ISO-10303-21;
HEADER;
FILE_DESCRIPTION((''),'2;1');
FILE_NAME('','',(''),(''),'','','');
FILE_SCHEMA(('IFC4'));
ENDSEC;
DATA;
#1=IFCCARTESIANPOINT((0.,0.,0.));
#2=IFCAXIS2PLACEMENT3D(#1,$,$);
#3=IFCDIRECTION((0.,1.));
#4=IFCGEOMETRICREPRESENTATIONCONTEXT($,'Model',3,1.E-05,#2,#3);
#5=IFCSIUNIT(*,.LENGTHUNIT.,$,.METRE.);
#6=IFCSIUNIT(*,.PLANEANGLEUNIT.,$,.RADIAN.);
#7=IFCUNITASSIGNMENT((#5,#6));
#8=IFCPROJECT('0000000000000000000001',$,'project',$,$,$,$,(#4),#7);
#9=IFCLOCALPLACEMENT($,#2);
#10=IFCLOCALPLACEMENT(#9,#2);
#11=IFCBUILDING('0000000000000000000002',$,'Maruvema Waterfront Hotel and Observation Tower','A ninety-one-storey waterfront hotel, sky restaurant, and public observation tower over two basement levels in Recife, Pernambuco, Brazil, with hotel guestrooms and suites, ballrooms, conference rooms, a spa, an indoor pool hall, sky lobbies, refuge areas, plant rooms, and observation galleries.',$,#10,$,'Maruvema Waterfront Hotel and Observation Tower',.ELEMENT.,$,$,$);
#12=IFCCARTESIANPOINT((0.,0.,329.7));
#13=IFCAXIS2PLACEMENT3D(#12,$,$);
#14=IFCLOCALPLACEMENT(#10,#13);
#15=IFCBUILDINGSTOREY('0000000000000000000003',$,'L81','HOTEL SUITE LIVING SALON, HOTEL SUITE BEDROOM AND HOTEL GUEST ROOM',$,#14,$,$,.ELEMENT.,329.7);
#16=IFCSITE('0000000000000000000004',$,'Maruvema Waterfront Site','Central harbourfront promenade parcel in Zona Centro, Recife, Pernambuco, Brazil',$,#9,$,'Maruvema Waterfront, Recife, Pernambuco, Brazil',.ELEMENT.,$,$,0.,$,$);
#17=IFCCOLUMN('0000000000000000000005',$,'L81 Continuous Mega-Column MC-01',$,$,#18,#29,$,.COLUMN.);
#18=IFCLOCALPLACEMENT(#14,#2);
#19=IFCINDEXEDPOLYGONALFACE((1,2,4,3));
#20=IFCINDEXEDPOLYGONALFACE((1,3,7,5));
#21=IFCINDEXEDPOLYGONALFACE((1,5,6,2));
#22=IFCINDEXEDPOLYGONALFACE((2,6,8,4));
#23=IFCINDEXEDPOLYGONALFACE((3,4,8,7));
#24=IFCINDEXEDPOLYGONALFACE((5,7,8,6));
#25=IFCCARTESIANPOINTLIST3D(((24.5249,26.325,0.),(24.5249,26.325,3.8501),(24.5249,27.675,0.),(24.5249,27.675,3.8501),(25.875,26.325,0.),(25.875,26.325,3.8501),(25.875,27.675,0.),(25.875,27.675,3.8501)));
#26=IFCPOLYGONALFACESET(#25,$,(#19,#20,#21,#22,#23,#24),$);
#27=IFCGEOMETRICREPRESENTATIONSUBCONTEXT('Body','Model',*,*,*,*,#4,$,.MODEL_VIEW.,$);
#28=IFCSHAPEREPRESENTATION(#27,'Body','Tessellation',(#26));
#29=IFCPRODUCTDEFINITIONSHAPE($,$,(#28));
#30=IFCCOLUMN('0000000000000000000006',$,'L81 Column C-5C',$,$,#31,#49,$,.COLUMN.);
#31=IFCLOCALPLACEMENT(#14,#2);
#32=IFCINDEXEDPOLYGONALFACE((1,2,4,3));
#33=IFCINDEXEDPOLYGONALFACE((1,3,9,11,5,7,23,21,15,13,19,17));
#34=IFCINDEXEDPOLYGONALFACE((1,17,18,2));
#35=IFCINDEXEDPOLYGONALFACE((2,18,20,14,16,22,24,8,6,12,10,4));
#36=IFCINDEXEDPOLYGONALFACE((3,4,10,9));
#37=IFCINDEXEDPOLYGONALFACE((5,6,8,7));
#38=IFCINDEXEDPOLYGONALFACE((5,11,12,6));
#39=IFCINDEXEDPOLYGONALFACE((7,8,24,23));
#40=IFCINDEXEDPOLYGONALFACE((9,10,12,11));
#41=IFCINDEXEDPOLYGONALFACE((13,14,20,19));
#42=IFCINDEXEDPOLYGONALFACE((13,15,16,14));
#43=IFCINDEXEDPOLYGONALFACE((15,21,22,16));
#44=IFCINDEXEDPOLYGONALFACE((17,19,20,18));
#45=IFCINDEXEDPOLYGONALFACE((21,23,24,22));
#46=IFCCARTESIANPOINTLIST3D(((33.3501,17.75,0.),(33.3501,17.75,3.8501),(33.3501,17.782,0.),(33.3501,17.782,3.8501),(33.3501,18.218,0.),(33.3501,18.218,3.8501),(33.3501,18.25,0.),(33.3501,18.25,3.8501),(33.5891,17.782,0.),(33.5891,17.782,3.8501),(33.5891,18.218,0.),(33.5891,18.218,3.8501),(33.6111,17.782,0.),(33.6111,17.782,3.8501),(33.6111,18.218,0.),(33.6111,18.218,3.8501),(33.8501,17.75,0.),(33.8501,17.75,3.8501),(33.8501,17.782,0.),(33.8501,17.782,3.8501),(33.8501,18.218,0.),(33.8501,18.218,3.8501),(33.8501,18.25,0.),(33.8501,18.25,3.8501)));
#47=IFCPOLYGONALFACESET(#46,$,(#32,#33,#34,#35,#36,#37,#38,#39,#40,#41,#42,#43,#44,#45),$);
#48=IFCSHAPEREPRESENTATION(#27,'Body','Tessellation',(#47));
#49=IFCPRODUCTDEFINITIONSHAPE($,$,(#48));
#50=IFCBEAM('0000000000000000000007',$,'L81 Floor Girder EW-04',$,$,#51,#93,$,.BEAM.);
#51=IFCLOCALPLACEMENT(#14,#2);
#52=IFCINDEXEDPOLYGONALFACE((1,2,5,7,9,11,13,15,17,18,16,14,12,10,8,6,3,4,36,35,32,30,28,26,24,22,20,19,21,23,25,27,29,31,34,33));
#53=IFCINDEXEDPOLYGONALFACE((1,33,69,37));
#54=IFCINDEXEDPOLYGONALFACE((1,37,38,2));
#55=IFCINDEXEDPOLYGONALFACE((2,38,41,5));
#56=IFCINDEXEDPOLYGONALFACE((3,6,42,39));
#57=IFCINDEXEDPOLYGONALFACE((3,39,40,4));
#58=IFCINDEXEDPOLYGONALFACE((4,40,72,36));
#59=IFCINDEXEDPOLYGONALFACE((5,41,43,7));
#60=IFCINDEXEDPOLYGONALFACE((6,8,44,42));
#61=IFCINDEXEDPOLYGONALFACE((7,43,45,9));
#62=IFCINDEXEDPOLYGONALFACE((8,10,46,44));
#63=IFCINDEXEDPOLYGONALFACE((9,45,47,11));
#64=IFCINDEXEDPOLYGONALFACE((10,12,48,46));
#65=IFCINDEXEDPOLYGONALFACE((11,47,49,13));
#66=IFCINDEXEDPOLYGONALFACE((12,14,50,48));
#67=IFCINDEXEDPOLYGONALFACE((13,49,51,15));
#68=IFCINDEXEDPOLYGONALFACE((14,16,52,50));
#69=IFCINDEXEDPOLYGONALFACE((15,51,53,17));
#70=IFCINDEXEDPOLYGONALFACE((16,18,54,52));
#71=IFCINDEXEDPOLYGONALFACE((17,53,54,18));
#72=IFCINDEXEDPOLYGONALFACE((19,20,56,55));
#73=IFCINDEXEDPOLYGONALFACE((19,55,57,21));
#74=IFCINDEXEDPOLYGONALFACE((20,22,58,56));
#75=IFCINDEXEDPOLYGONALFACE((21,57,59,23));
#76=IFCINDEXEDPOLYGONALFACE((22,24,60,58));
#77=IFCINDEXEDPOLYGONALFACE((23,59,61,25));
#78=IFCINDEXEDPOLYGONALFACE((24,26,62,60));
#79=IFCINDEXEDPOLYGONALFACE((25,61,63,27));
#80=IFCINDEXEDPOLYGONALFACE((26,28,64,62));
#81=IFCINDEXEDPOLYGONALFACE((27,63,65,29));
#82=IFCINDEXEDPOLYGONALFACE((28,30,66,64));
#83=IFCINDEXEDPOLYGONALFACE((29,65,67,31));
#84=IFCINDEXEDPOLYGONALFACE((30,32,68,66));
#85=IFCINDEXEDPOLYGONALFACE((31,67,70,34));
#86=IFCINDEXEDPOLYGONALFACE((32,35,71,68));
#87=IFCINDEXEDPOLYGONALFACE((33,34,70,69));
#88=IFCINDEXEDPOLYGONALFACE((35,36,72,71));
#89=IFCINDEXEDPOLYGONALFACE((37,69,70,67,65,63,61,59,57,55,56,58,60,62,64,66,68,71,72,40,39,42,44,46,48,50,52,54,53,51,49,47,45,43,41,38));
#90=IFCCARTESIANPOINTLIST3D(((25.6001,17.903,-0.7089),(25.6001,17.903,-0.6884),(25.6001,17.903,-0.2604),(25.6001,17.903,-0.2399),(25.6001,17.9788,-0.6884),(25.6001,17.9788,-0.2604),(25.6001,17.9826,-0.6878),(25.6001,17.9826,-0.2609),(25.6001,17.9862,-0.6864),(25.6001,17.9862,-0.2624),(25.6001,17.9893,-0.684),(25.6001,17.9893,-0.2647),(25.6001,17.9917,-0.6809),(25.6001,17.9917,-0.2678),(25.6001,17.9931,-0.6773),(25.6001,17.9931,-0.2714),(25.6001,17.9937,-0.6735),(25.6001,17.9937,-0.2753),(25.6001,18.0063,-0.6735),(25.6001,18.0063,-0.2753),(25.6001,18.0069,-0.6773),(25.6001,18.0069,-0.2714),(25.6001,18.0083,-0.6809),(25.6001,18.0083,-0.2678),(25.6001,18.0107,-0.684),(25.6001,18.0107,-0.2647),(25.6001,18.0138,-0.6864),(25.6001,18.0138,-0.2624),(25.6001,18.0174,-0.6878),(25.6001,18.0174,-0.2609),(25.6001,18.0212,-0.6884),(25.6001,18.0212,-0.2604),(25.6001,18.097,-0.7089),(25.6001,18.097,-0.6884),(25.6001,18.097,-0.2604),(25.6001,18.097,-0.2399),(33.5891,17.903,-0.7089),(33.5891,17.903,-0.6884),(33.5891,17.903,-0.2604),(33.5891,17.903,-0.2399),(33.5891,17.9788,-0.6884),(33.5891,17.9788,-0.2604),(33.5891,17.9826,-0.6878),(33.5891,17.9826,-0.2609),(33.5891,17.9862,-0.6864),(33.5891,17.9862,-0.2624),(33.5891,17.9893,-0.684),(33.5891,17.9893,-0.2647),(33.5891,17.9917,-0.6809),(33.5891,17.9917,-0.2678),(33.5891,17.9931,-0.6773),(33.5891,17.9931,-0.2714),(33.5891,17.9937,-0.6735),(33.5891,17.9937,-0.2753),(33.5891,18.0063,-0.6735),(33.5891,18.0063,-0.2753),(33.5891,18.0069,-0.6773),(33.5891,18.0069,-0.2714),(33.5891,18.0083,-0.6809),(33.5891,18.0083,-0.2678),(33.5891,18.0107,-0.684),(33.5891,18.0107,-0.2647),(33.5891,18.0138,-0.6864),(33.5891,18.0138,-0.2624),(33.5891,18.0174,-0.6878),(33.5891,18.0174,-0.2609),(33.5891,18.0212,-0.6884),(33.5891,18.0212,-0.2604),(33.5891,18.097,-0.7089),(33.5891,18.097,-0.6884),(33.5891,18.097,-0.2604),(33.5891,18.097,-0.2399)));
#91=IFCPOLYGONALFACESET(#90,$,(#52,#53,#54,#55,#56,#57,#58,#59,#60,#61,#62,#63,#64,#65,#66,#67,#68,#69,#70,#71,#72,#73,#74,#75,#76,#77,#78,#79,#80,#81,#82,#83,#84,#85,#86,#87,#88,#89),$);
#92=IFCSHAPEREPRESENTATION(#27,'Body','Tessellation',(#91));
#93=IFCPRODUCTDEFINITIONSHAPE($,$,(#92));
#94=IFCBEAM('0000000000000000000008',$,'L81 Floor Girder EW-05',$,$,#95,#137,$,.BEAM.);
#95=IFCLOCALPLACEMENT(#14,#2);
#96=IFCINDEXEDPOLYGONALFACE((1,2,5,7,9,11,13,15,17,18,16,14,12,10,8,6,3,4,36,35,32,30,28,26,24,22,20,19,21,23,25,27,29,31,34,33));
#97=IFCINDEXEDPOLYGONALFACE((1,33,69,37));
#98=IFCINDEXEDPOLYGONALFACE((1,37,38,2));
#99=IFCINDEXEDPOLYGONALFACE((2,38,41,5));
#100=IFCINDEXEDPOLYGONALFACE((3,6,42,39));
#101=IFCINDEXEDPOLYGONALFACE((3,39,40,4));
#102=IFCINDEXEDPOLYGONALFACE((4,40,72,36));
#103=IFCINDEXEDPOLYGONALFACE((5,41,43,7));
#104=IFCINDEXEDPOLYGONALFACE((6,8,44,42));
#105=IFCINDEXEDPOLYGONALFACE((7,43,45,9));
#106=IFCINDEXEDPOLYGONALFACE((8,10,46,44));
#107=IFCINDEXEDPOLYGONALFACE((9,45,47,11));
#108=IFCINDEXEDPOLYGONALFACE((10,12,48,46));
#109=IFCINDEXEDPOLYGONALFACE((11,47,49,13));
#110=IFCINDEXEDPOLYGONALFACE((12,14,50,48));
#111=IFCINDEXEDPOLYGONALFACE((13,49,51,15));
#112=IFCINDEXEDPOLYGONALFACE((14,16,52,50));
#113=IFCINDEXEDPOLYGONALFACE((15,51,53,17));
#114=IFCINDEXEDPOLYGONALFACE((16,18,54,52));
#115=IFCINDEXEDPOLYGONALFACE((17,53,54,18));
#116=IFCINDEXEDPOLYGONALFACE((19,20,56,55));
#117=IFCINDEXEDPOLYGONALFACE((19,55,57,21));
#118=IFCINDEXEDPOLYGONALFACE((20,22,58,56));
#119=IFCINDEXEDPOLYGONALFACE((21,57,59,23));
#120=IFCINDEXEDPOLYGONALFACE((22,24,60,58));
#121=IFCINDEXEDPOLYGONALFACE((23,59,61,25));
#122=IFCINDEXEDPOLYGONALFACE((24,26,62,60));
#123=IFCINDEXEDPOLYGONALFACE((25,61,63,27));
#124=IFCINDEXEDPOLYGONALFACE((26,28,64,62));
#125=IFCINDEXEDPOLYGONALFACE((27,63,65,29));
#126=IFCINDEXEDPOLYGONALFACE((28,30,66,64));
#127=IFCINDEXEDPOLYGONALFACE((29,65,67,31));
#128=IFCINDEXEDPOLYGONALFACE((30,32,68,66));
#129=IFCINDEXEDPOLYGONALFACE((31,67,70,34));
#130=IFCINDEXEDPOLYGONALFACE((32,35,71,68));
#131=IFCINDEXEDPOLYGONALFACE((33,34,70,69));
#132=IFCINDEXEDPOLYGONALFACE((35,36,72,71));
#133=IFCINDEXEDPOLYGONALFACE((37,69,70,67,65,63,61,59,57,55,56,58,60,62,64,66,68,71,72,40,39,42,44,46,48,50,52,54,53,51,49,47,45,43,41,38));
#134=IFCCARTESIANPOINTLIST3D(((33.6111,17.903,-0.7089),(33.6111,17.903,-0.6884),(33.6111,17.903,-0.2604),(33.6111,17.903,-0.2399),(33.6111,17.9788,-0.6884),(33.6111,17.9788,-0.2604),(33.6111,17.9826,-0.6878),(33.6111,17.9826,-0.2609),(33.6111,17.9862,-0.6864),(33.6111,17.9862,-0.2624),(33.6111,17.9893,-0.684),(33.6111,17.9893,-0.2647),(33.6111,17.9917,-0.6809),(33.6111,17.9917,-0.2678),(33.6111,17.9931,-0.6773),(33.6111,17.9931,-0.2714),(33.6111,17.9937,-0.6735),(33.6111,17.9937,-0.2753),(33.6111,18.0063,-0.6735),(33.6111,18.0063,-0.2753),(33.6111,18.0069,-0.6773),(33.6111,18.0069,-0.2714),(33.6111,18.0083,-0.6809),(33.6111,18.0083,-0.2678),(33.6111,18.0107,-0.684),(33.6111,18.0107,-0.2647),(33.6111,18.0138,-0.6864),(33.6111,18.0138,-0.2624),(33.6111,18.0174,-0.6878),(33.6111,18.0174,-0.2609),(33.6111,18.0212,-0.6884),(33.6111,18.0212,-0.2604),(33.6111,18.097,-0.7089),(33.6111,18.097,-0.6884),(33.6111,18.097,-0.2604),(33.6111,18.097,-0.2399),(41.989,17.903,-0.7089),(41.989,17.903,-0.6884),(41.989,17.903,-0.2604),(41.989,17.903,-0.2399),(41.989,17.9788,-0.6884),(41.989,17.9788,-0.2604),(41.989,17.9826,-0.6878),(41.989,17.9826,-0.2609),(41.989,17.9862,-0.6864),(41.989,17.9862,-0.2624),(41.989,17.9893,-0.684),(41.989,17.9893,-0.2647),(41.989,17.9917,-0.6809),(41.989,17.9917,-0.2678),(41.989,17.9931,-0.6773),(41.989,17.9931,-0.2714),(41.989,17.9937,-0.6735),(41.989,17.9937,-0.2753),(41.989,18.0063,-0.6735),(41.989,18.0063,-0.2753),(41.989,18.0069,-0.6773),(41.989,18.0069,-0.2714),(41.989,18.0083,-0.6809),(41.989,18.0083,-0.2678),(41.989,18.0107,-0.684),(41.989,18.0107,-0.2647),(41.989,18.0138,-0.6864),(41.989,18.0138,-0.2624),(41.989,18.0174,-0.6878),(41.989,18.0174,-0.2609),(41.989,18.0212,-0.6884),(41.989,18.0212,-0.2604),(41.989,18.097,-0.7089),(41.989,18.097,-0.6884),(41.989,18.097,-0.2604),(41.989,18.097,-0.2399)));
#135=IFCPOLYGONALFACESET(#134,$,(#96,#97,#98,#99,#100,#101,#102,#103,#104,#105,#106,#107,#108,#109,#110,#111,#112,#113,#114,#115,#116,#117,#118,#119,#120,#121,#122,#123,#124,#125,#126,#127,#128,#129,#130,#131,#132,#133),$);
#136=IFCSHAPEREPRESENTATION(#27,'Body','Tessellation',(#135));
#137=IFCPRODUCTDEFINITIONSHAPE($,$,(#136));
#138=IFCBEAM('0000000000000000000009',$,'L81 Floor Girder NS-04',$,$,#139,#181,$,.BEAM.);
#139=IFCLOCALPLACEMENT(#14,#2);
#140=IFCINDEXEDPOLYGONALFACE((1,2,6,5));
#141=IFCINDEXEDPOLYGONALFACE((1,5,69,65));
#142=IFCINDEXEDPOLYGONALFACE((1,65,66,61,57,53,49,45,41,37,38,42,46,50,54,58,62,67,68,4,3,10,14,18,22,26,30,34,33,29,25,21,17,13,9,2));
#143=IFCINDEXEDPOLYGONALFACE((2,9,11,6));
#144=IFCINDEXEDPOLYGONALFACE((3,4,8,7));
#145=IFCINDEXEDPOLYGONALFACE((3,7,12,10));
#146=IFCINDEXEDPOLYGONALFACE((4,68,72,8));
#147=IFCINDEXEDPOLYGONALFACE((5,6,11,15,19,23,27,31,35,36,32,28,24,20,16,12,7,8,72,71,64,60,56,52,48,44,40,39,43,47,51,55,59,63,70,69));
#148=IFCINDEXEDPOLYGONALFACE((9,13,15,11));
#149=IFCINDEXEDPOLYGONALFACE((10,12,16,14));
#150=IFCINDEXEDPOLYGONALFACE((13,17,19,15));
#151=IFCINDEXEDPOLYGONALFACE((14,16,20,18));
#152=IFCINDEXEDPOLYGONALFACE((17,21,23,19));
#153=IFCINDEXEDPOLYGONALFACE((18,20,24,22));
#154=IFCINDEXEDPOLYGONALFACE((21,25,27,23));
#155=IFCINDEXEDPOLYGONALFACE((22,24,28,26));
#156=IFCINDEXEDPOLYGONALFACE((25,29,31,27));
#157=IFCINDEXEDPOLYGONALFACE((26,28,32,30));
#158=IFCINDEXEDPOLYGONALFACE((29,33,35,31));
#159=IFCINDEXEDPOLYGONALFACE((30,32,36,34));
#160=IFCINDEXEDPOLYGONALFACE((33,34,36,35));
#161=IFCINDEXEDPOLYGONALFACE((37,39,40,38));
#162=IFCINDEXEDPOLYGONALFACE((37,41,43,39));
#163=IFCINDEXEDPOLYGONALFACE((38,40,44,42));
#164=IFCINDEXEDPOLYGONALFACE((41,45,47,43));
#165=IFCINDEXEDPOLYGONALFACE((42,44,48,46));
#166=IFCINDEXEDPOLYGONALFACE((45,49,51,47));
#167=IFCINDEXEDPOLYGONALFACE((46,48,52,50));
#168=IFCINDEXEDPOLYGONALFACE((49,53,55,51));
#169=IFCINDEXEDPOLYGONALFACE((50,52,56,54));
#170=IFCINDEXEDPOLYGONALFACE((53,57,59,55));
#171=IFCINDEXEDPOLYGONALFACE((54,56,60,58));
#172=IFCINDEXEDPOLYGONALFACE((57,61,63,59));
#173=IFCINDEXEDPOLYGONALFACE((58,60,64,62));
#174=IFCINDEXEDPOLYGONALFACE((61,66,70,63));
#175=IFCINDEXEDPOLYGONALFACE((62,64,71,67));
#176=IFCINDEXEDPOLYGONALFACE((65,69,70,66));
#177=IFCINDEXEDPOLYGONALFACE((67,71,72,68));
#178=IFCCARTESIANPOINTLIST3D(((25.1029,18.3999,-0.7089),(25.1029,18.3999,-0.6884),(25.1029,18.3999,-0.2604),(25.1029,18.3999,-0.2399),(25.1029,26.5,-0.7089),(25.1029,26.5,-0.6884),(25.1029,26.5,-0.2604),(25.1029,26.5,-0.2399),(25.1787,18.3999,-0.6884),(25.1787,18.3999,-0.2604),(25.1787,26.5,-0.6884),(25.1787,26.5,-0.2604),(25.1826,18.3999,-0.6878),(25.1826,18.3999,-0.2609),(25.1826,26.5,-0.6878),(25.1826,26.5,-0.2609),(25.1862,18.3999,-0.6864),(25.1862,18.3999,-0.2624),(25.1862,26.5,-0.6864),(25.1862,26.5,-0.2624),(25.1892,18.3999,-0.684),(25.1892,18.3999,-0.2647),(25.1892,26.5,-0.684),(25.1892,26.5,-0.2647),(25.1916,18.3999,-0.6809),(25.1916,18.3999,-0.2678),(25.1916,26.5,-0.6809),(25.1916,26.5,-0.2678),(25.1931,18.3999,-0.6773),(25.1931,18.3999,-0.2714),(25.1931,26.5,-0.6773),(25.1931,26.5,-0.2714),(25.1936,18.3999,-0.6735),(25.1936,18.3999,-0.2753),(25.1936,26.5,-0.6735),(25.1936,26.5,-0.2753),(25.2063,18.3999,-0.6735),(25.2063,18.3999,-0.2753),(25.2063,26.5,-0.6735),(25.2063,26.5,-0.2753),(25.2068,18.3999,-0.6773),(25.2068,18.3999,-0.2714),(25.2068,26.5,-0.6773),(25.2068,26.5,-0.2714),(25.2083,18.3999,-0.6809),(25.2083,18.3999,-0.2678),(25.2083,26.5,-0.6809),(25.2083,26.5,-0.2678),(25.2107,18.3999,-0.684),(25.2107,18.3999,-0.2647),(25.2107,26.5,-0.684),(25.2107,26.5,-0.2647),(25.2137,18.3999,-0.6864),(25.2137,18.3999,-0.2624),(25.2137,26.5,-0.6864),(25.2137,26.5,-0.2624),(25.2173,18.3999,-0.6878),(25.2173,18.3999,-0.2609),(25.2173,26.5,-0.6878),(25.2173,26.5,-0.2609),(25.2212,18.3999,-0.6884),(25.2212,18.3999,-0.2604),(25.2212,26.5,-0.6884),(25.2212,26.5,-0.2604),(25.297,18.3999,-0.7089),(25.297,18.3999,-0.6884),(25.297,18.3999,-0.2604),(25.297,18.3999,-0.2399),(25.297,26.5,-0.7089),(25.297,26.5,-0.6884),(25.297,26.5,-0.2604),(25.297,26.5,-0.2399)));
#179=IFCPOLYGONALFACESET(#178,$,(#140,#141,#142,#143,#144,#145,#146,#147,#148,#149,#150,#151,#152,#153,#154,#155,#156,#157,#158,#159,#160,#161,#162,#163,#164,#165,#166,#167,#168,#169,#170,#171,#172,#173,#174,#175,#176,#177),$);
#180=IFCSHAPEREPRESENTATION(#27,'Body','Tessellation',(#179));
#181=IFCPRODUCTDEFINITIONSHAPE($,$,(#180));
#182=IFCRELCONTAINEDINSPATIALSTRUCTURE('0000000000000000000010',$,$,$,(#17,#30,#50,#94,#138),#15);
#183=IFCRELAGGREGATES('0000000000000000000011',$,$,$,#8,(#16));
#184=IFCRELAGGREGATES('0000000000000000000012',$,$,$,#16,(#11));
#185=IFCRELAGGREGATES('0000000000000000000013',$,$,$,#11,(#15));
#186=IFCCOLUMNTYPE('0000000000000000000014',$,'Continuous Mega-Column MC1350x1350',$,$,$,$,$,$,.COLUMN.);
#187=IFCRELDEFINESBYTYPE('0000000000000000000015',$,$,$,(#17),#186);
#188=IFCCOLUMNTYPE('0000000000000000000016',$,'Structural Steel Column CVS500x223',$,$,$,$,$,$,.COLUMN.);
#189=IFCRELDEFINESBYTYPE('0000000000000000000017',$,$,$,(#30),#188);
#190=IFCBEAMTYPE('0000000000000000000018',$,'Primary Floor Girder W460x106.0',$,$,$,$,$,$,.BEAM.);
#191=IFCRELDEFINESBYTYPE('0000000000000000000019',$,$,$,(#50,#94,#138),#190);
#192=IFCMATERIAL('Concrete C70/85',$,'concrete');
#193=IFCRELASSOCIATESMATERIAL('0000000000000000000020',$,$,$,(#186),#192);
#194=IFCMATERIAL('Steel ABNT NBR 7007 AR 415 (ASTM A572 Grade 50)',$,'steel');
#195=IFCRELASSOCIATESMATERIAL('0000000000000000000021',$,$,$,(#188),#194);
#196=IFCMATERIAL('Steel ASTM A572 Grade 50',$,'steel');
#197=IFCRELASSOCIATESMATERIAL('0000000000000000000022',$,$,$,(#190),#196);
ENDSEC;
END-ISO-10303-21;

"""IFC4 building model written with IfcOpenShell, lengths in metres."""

from ifc_helpers import new_model, si_unit, direction, frame, origin, origin_2d, place, context, subcontext, project, spatial, rectangle, i_section, extrude, material, material_profile, profile_set, type_object, element, save


model = new_model("IFC4")

# Units and contexts
model_context = context("Model", 3, precision=1e-05, world=origin(), true_north=direction((0.0, 1.0)))
body_context = subcontext(model_context, "Body", "Model", "MODEL_VIEW")
ifc_project = project(units=[si_unit("LENGTHUNIT", "METRE"), si_unit("PLANEANGLEUNIT", "RADIAN")], contexts=[model_context])

# Site, building, storey
site_placement = place(None, origin())
site = spatial("IfcSite", under=ifc_project, at=site_placement, Name="Maruvema Waterfront Site", Description="Central harbourfront promenade parcel in Zona Centro, Recife, Pernambuco, Brazil", LongName="Maruvema Waterfront, Recife, Pernambuco, Brazil", CompositionType="ELEMENT", RefElevation=0.0)
building_placement = place(site_placement, origin())
building = spatial("IfcBuilding", under=site, at=building_placement, Name="Maruvema Waterfront Hotel and Observation Tower", Description="A ninety-one-storey waterfront hotel, sky restaurant, and public observation tower over two basement levels in Recife, Pernambuco, Brazil, with hotel guestrooms and suites, ballrooms, conference rooms, a spa, an indoor pool hall, sky lobbies, refuge areas, plant rooms, and observation galleries.", LongName="Maruvema Waterfront Hotel and Observation Tower", CompositionType="ELEMENT")
storey_placement = place(building_placement, frame((0.0, 0.0, 329.7)))
storey = spatial("IfcBuildingStorey", under=building, at=storey_placement, Name="L81", Description="HOTEL SUITE LIVING SALON, HOTEL SUITE BEDROOM AND HOTEL GUEST ROOM", CompositionType="ELEMENT", Elevation=329.7)

# Columns
ifc_material_1 = material(Name="Concrete C70/85", Category="concrete")
ifc_material_profile_1 = material_profile(ifc_material_1, rectangle(XDim=1.3501, YDim=1.3501, at=origin_2d()), Name="MC1350x1350")
ifc_profile_set_1 = profile_set([ifc_material_profile_1], Name="Concrete C70/85")
column_type_1 = type_object("IfcColumnType", Name="Continuous Mega-Column MC1350x1350", PredefinedType="COLUMN", material=ifc_profile_set_1)
column_1_placement = place(storey_placement, frame((25.2, 27.0, 0.0), z_axis=(0.0, 0.0, 1.0), x_axis=(1.0, 0.0, 0.0)))
element("IfcColumn", 1, at=column_1_placement, inside=storey, type_object=column_type_1, Name="L81 Continuous Mega-Column MC-01", PredefinedType="COLUMN", context=body_context, shape_type="SweptSolid", body=[
    extrude(rectangle(XDim=1.3501, YDim=1.3501, at=origin_2d()), origin(), (0.0, 0.0, 1.0), 3.8501),
])
ifc_material_2 = material(Name="Steel ABNT NBR 7007 AR 415 (ASTM A572 Grade 50)", Category="steel")
ifc_material_profile_2 = material_profile(ifc_material_2, i_section(OverallWidth=0.5, OverallDepth=0.5, WebThickness=0.022, FlangeThickness=0.032, at=origin_2d()), Name="CVS500x223")
ifc_profile_set_2 = profile_set([ifc_material_profile_2], Name="Steel ABNT NBR 7007 AR 415 (ASTM A572 Grade 50)")
column_type_2 = type_object("IfcColumnType", Name="Structural Steel Column CVS500x223", PredefinedType="COLUMN", material=ifc_profile_set_2)
column_2_placement = place(storey_placement, frame((33.6001, 18.0, 0.0), z_axis=(0.0, 0.0, 1.0), x_axis=(1.0, 0.0, 0.0)))
element("IfcColumn", 2, at=column_2_placement, inside=storey, type_object=column_type_2, Name="L81 Column C-5C", PredefinedType="COLUMN", context=body_context, shape_type="SweptSolid", body=[
    extrude(i_section(OverallWidth=0.5, OverallDepth=0.5, WebThickness=0.022, FlangeThickness=0.032, at=origin_2d()), origin(), (0.0, 0.0, 1.0), 3.8501),
])

# Beams
ifc_material_3 = material(Name="Steel ASTM A572 Grade 50", Category="steel")
ifc_material_profile_3 = material_profile(ifc_material_3, i_section(OverallWidth=0.1941, OverallDepth=0.469, WebThickness=0.0127, FlangeThickness=0.0205, FilletRadius=0.0149, at=origin_2d()), Name="W460x106.0")
ifc_profile_set_3 = profile_set([ifc_material_profile_3], Name="Steel ASTM A572 Grade 50")
beam_type_1 = type_object("IfcBeamType", Name="Primary Floor Girder W460x106.0", PredefinedType="BEAM", material=ifc_profile_set_3)
beam_1_placement = place(storey_placement, frame((25.6001, 18.0, -0.4744), z_axis=(1.0, 0.0, 0.0), x_axis=(0.0, 1.0, 0.0)))
element("IfcBeam", 3, at=beam_1_placement, inside=storey, type_object=beam_type_1, Name="L81 Floor Girder EW-04", PredefinedType="BEAM", context=body_context, shape_type="SweptSolid", body=[
    extrude(i_section(OverallWidth=0.1941, OverallDepth=0.469, WebThickness=0.0127, FlangeThickness=0.0205, FilletRadius=0.0149, at=origin_2d()), origin(), (0.0, 0.0, 1.0), 7.989),
])
beam_2_placement = place(storey_placement, frame((33.6111, 18.0, -0.4744), z_axis=(1.0, 0.0, 0.0), x_axis=(0.0, 1.0, 0.0)))
element("IfcBeam", 4, at=beam_2_placement, inside=storey, type_object=beam_type_1, Name="L81 Floor Girder EW-05", PredefinedType="BEAM", context=body_context, shape_type="SweptSolid", body=[
    extrude(i_section(OverallWidth=0.1941, OverallDepth=0.469, WebThickness=0.0127, FlangeThickness=0.0205, FilletRadius=0.0149, at=origin_2d()), origin(), (0.0, 0.0, 1.0), 8.3779),
])
for number, where, z_axis, x_axis, name in (
    (5, (25.2, 18.3999, -0.4744), (0.0, 1.0, 0.0), (-1.0, 0.0, 0.0), "L81 Floor Girder NS-04"),
):
    element("IfcBeam", number, at=place(storey_placement, frame(where, z_axis=z_axis, x_axis=x_axis)), inside=storey, type_object=beam_type_1, Name=name, PredefinedType="BEAM", context=body_context, shape_type="SweptSolid", body=[
        extrude(i_section(OverallWidth=0.1941, OverallDepth=0.469, WebThickness=0.0127, FlangeThickness=0.0205, FilletRadius=0.0149, at=origin_2d()), origin(), (0.0, 0.0, 1.0), 8.1001),
    ])

save(model, "model.ifc")
